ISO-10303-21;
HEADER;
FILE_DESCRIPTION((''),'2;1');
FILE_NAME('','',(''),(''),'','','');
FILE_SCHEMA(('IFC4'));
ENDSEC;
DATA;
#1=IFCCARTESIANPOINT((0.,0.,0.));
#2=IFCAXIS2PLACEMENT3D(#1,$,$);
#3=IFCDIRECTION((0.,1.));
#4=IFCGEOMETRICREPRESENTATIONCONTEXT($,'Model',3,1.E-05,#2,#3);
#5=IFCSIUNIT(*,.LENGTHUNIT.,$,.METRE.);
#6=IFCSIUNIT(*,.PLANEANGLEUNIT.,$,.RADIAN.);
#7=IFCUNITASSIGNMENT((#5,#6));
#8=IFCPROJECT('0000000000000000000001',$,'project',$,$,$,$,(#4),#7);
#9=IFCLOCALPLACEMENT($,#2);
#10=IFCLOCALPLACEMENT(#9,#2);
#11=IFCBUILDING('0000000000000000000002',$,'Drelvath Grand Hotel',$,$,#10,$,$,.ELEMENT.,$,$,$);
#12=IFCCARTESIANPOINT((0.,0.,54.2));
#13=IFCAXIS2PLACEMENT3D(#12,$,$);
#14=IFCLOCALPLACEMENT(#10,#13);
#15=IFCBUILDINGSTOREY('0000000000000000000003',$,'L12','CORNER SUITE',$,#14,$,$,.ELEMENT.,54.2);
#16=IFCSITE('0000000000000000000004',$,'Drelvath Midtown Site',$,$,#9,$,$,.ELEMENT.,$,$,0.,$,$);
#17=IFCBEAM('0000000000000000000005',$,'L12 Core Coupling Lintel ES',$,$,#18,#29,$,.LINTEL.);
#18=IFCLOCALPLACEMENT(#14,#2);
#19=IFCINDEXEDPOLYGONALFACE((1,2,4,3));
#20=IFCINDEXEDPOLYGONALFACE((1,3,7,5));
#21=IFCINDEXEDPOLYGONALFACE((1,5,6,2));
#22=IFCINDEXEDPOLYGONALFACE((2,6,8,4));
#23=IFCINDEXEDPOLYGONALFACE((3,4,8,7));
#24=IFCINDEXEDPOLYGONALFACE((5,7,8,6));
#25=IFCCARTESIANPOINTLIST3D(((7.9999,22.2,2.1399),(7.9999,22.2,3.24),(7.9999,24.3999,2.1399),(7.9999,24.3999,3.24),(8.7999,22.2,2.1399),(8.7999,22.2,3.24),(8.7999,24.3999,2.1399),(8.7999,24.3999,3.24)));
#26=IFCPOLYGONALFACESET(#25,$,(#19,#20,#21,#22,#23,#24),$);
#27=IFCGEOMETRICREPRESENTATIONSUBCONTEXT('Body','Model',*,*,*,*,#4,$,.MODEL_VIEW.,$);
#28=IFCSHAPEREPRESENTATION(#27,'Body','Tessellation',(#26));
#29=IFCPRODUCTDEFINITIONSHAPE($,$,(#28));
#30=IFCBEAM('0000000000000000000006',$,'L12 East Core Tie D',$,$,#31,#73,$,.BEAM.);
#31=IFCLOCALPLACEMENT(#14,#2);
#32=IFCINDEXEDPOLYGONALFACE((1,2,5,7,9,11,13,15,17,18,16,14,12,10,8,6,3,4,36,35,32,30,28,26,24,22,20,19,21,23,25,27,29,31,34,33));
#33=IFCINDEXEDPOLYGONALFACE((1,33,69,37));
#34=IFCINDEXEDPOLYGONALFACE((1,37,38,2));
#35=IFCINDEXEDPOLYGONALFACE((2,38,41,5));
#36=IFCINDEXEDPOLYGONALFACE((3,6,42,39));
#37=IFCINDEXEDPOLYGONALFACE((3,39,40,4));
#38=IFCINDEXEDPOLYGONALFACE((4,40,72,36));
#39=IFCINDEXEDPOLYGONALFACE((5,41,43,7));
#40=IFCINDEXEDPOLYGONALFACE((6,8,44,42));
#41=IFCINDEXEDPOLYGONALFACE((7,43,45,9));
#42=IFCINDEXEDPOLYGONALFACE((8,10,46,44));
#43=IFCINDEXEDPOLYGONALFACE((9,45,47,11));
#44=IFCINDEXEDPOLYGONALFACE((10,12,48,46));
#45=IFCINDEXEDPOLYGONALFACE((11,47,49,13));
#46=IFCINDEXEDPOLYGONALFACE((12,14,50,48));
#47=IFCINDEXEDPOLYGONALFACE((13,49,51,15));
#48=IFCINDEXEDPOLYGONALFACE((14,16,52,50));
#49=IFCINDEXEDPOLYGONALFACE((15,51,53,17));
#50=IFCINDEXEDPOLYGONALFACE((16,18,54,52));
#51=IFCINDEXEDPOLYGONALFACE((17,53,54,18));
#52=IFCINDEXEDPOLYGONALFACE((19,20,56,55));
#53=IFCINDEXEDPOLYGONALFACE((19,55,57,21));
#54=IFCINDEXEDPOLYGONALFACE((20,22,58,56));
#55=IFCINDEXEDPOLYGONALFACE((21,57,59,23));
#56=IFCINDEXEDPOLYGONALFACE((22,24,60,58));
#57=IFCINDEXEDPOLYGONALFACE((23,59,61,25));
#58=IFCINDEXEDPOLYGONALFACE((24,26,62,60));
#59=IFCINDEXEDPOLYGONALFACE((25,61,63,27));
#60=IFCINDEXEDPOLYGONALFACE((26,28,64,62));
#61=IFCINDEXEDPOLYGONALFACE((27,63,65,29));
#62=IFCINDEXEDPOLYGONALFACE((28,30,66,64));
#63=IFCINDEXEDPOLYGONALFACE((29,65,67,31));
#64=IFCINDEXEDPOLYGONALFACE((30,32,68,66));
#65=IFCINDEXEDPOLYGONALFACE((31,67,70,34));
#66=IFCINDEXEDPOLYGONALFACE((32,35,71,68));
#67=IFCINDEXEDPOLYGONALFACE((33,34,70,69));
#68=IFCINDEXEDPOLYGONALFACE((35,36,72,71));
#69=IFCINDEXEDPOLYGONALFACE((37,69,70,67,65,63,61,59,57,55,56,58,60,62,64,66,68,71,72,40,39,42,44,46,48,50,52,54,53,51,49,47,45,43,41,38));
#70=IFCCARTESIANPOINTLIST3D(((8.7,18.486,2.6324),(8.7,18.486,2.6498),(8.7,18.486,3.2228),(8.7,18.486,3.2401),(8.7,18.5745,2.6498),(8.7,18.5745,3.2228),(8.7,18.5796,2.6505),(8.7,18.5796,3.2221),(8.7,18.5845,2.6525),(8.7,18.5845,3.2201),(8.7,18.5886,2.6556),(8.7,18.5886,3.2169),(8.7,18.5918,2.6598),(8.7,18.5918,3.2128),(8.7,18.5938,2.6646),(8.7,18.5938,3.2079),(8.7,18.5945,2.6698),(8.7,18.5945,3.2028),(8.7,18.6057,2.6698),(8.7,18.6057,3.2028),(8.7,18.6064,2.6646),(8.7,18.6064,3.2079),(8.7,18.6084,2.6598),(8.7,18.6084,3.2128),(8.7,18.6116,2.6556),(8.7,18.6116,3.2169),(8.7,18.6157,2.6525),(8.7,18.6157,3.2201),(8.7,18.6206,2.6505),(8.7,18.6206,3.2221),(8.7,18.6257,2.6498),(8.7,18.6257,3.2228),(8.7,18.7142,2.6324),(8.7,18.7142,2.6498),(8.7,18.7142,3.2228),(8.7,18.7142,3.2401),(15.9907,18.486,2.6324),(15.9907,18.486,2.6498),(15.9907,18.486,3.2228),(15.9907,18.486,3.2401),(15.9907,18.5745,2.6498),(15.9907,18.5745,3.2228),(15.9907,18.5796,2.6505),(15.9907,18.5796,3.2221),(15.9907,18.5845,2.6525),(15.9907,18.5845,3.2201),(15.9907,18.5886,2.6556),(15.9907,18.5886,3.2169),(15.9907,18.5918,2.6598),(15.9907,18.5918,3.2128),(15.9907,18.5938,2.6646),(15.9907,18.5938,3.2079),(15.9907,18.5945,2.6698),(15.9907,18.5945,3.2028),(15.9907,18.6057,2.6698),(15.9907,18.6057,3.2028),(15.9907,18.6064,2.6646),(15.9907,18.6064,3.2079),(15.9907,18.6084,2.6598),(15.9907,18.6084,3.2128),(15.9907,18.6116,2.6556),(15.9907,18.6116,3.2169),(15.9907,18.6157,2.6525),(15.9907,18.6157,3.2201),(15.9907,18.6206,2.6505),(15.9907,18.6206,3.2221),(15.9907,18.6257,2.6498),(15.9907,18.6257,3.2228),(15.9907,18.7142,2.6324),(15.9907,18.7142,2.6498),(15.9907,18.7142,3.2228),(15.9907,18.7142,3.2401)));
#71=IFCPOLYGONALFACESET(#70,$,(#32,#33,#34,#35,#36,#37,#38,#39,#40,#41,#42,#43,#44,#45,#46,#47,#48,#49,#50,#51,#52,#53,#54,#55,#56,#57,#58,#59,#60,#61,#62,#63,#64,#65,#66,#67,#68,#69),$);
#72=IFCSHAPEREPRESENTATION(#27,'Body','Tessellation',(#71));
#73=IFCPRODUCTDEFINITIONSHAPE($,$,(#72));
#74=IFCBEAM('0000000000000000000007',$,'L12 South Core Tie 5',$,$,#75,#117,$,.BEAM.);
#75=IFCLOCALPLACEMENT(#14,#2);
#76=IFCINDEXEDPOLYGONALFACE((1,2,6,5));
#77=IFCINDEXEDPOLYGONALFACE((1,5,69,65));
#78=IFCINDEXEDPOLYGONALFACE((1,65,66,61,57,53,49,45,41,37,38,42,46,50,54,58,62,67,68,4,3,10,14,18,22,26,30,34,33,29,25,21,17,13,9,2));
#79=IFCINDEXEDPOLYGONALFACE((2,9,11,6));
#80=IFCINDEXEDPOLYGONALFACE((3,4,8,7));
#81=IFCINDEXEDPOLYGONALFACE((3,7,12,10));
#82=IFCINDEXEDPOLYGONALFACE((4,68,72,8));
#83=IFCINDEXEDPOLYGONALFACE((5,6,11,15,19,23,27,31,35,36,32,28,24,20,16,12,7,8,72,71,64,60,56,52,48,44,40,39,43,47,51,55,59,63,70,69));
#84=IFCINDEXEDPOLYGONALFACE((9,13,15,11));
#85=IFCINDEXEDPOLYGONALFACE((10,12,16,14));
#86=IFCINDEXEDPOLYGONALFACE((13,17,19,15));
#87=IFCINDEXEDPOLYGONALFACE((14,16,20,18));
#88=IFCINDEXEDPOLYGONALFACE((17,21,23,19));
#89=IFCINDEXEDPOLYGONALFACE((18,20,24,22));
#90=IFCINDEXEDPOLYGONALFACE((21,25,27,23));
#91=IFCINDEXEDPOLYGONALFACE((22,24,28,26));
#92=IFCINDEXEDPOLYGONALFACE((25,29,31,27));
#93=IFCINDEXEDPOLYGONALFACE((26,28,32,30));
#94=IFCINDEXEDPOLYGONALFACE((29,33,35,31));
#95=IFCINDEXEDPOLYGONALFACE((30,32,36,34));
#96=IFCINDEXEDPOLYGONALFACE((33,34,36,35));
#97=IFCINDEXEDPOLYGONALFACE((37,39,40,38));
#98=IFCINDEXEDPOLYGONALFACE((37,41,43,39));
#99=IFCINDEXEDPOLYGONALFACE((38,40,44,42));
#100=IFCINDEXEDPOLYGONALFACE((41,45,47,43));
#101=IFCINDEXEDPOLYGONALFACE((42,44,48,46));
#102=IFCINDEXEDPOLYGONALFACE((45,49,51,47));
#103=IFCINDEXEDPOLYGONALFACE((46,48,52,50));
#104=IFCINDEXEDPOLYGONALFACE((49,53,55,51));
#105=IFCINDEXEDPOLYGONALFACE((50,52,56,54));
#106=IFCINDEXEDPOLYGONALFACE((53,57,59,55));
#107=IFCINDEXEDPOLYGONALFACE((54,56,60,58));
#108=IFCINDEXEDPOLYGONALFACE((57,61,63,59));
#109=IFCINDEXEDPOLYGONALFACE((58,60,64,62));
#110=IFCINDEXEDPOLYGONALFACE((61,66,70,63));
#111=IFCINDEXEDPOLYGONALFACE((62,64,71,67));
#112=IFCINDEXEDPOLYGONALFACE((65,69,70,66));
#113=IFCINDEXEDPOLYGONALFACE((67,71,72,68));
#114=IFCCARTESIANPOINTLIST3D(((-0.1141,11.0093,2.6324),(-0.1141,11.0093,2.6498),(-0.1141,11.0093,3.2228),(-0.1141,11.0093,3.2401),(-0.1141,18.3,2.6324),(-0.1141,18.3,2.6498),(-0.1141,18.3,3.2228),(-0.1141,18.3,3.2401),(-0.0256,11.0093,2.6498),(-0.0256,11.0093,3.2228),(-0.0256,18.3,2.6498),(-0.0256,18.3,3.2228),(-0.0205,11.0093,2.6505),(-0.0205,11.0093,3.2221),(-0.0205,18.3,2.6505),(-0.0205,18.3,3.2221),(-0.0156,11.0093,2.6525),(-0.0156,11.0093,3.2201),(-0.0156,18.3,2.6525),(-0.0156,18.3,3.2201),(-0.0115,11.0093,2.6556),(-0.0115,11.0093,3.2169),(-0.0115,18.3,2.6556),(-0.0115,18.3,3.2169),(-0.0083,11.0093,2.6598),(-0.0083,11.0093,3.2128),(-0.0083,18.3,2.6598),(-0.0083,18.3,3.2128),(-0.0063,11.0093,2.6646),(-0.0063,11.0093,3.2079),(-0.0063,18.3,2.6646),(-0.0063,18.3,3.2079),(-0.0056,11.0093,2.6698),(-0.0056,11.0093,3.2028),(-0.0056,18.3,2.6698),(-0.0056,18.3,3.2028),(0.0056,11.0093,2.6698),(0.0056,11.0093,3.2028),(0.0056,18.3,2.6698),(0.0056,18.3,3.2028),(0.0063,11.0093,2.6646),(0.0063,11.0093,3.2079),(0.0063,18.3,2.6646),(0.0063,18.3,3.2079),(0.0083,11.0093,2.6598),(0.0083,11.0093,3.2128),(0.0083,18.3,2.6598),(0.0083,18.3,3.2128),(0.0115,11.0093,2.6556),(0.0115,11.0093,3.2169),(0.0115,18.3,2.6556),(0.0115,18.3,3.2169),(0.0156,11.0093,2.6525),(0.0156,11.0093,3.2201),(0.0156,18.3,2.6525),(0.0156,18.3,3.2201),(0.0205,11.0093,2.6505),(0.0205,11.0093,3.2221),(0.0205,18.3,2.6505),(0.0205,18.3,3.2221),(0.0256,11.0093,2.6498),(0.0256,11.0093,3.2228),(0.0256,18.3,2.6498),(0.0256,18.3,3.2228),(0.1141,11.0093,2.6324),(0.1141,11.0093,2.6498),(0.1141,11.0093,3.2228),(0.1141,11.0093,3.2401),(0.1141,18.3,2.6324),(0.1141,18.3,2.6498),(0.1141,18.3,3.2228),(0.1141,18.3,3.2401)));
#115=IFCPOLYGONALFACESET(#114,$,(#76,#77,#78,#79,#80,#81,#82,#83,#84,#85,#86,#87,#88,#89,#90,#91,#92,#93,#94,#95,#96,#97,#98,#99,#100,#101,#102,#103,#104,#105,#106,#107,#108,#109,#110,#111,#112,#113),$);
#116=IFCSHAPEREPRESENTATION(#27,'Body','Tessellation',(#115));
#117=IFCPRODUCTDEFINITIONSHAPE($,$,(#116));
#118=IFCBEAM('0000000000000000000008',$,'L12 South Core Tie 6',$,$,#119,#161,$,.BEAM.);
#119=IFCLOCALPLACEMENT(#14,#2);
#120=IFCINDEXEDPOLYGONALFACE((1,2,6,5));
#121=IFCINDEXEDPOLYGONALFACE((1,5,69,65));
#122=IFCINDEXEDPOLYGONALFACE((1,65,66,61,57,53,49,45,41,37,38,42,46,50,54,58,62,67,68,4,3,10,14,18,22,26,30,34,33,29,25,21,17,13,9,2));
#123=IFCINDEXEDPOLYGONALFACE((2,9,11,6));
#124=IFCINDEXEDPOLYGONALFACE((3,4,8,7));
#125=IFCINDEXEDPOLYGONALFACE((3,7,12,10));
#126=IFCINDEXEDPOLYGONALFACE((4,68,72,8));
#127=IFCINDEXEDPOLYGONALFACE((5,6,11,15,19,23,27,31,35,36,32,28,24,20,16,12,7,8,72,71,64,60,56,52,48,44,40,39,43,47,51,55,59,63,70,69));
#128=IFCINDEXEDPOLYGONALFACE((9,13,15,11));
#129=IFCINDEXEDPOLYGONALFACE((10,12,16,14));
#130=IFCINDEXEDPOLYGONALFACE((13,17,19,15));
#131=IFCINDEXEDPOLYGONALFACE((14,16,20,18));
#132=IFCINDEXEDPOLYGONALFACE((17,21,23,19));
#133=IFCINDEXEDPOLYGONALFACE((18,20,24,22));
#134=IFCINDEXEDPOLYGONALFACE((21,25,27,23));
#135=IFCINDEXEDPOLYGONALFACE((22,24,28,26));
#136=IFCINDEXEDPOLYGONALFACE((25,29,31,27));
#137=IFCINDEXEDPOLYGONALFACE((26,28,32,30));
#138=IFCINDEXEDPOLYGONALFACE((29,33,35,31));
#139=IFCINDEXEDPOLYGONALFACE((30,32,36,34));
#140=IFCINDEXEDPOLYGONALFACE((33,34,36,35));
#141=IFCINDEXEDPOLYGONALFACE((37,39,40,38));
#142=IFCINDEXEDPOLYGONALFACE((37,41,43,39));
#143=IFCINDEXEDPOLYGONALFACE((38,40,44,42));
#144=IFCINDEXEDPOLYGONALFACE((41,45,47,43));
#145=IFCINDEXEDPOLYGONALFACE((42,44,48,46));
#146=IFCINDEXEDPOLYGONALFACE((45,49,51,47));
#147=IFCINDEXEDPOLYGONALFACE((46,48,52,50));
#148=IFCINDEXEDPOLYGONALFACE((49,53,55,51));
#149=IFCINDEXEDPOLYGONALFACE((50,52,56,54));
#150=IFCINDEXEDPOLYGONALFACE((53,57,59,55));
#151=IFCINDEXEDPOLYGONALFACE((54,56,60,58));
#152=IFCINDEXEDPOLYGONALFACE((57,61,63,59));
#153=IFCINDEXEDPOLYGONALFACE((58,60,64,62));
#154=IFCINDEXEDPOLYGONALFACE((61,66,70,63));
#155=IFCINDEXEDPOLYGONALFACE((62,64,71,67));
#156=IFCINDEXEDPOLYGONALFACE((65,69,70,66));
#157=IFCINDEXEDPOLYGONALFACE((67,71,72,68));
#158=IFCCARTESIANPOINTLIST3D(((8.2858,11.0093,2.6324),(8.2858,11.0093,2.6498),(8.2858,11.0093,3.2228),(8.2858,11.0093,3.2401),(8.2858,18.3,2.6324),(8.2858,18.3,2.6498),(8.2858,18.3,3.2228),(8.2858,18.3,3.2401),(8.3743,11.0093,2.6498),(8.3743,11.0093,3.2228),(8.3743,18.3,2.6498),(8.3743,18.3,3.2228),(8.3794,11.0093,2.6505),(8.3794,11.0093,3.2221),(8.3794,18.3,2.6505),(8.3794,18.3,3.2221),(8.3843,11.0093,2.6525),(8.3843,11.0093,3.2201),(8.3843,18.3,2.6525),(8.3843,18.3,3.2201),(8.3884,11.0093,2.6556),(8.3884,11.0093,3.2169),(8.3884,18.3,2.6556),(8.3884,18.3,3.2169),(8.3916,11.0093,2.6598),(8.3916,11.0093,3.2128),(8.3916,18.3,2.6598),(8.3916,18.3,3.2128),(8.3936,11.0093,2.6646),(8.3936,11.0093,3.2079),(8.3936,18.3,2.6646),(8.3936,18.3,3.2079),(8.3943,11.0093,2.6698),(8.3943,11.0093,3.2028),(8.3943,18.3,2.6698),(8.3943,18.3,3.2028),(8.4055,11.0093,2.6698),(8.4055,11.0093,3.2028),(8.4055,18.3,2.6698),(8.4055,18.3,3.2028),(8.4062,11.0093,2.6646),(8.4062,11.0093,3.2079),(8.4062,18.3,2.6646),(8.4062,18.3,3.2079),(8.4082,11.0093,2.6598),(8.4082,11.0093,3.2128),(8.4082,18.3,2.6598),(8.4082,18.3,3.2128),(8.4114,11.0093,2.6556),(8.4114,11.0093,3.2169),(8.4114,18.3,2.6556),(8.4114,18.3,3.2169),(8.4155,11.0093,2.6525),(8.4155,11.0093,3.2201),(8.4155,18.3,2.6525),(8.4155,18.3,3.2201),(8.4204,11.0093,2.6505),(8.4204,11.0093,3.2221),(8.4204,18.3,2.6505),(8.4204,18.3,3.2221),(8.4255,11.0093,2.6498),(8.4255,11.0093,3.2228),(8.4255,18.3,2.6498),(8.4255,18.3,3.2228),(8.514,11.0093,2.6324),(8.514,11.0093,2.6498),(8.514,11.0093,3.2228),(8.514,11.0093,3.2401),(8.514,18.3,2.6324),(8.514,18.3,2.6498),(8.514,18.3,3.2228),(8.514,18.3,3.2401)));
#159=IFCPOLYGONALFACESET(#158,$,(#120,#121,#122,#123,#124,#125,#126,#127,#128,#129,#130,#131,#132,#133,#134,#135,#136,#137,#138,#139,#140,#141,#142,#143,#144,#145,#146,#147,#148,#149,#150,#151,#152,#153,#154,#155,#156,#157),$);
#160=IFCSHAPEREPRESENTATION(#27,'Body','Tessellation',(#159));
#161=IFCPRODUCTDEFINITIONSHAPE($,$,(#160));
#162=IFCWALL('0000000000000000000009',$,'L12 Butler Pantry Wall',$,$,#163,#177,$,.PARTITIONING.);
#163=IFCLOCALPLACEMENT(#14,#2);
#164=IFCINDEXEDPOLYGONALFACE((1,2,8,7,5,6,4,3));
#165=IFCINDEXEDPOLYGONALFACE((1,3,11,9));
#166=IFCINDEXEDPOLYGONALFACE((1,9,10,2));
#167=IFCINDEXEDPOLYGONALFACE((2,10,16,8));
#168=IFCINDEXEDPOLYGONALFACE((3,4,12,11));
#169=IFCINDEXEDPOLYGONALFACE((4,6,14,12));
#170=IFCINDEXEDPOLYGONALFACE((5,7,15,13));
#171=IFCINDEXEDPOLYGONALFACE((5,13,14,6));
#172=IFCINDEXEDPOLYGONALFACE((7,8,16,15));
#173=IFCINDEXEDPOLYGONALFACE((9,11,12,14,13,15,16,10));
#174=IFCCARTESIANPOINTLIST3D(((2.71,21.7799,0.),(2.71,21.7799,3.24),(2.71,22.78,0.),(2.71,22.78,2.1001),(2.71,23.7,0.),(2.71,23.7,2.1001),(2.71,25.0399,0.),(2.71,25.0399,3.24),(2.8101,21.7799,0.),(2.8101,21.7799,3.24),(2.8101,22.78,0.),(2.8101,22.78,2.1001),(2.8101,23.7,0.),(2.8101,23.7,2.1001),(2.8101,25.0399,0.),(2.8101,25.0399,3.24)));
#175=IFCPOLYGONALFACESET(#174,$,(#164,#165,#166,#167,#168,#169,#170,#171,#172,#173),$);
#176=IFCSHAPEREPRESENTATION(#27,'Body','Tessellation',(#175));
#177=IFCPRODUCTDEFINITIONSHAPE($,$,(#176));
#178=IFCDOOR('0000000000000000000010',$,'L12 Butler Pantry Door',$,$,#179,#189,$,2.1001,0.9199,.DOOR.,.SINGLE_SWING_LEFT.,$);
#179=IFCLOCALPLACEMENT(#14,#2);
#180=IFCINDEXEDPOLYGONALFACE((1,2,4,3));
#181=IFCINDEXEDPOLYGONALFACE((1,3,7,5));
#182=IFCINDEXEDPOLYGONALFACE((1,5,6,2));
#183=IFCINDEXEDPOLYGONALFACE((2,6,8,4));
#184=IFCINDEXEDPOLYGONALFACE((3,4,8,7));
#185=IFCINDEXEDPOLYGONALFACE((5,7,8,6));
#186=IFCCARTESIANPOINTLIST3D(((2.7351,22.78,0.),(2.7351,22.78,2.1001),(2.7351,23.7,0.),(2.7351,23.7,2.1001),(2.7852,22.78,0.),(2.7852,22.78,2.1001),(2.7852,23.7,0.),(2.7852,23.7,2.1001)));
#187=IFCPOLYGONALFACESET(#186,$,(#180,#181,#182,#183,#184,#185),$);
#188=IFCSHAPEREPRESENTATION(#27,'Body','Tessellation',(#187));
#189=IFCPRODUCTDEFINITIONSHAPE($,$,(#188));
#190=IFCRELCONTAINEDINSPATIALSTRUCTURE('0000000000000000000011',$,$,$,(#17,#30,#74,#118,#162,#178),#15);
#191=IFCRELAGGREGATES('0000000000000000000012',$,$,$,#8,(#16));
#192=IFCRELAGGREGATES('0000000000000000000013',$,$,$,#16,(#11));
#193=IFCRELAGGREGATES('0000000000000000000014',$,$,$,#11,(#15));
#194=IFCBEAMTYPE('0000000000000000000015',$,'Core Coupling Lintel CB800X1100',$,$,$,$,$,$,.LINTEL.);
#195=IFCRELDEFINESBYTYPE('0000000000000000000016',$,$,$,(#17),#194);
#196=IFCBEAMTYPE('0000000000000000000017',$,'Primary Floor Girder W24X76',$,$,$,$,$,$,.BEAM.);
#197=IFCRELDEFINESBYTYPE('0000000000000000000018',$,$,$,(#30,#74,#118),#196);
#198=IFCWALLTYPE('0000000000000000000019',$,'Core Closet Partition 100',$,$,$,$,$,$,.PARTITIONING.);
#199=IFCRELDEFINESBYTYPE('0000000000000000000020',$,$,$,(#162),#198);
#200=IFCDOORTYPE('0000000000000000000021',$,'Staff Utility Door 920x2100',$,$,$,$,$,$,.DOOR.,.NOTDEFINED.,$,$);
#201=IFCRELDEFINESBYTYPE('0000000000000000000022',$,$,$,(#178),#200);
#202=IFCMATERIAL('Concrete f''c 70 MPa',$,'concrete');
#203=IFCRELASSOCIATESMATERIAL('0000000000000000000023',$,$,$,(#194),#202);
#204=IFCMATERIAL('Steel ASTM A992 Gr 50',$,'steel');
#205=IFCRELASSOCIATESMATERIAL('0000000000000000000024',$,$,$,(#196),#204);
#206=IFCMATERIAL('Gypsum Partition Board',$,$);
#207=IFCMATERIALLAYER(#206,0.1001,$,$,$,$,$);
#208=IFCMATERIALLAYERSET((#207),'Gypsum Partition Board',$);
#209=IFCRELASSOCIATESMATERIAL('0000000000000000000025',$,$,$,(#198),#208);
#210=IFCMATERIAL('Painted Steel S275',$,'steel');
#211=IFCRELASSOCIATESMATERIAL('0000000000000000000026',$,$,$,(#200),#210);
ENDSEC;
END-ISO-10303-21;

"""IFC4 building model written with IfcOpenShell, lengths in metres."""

from ifc_helpers import new_model, si_unit, direction, frame, frame_2d, origin, origin_2d, place, context, subcontext, project, spatial, rectangle, i_section, extrude, material, layer, layer_set, material_profile, profile_set, type_object, element, fill, save


model = new_model("IFC4")

# Units and contexts
model_context = context("Model", 3, precision=1e-05, world=origin(), true_north=direction((0.0, 1.0)))
body_context = subcontext(model_context, "Body", "Model", "MODEL_VIEW")
ifc_project = project(units=[si_unit("LENGTHUNIT", "METRE"), si_unit("PLANEANGLEUNIT", "RADIAN")], contexts=[model_context])

# Site, building, storey
site_placement = place(None, origin())
site = spatial("IfcSite", under=ifc_project, at=site_placement, Name="Drelvath Midtown Site", CompositionType="ELEMENT", RefElevation=0.0)
building_placement = place(site_placement, origin())
building = spatial("IfcBuilding", under=site, at=building_placement, Name="Drelvath Grand Hotel", CompositionType="ELEMENT")
storey_placement = place(building_placement, frame((0.0, 0.0, 54.2)))
storey = spatial("IfcBuildingStorey", under=building, at=storey_placement, Name="L12", Description="CORNER SUITE", CompositionType="ELEMENT", Elevation=54.2)

# Beams
ifc_material_1 = material(Name="Concrete f'c 70 MPa", Category="concrete")
ifc_material_profile_1 = material_profile(ifc_material_1, rectangle(XDim=0.8, YDim=1.1001, at=origin_2d()), Name="CB800X1100")
ifc_profile_set_1 = profile_set([ifc_material_profile_1], Name="Concrete f'c 70 MPa")
beam_type_1 = type_object("IfcBeamType", Name="Core Coupling Lintel CB800X1100", PredefinedType="LINTEL", material=ifc_profile_set_1)
beam_placement = place(storey_placement, frame((8.3999, 22.2, 2.6899), z_axis=(0.0, 1.0, 0.0), x_axis=(-1.0, 0.0, 0.0)))
element("IfcBeam", 1, at=beam_placement, inside=storey, type_object=beam_type_1, Name="L12 Core Coupling Lintel ES", PredefinedType="LINTEL", context=body_context, shape_type="SweptSolid", body=[
    extrude(rectangle(XDim=0.8, YDim=1.1001, at=origin_2d()), origin(), (0.0, 0.0, 1.0), 2.2),
])
ifc_material_2 = material(Name="Steel ASTM A992 Gr 50", Category="steel")
ifc_material_profile_2 = material_profile(ifc_material_2, i_section(OverallWidth=0.2283, OverallDepth=0.6077, WebThickness=0.0112, FlangeThickness=0.0173, FilletRadius=0.02, at=origin_2d()), Name="W24X76")
ifc_profile_set_2 = profile_set([ifc_material_profile_2], Name="Steel ASTM A992 Gr 50")
beam_type_2 = type_object("IfcBeamType", Name="Primary Floor Girder W24X76", PredefinedType="BEAM", material=ifc_profile_set_2)
for number, where, z_axis, x_axis, name in (
    (2, (8.7, 18.6001, 2.9363), (1.0, 0.0, 0.0), (0.0, 1.0, 0.0), "L12 East Core Tie D"),
    (3, (0.0, 11.0093, 2.9363), (0.0, 1.0, 0.0), (-1.0, 0.0, 0.0), "L12 South Core Tie 5"),
    (4, (8.3999, 11.0093, 2.9363), (0.0, 1.0, 0.0), (-1.0, 0.0, 0.0), "L12 South Core Tie 6"),
):
    element("IfcBeam", number, at=place(storey_placement, frame(where, z_axis=z_axis, x_axis=x_axis)), inside=storey, type_object=beam_type_2, Name=name, PredefinedType="BEAM", context=body_context, shape_type="SweptSolid", body=[
        extrude(i_section(OverallWidth=0.2283, OverallDepth=0.6077, WebThickness=0.0112, FlangeThickness=0.0173, FilletRadius=0.02, at=origin_2d()), origin(), (0.0, 0.0, 1.0), 7.2908),
    ])

# Wall, opening, door
ifc_material_3 = material(Name="Gypsum Partition Board")
ifc_layer_1 = layer(ifc_material_3, 0.1001)
ifc_layer_set_1 = layer_set([ifc_layer_1], Name="Gypsum Partition Board")
wall_type_1 = type_object("IfcWallType", Name="Core Closet Partition 100", PredefinedType="PARTITIONING", material=ifc_layer_set_1)
wall_1_placement = place(storey_placement, frame((2.76, 21.78, 0.0), z_axis=(0.0, 0.0, 1.0), x_axis=(0.0, 1.0, 0.0)))
wall_1 = element("IfcWall", 5, at=wall_1_placement, inside=storey, type_object=wall_type_1, Name="L12 Butler Pantry Wall", PredefinedType="PARTITIONING", context=body_context, shape_type="SweptSolid", body=[
    extrude(rectangle(XDim=3.26, YDim=0.1001, at=frame_2d((1.6299, 0.0))), origin(), (0.0, 0.0, 1.0), 3.24),
])
opening_1_placement = place(wall_1_placement, frame((1.0, 0.0, 0.0)))
opening_1 = element("IfcOpeningElement", 6, at=opening_1_placement, cuts=wall_1, PredefinedType="OPENING", context=body_context, shape_type="SweptSolid", body=[
    extrude(rectangle(XDim=0.9199, YDim=2.1001, at=frame_2d((0.46, 1.05))), frame((0.0, 0.0601, 0.0), z_axis=(0.0, -1.0, 0.0), x_axis=(1.0, 0.0, 0.0)), (0.0, 0.0, 1.0), 0.1201),
])
ifc_material_4 = material(Name="Painted Steel S275", Category="steel")
door_type_1 = type_object("IfcDoorType", Name="Staff Utility Door 920x2100", OperationType="NOTDEFINED", PredefinedType="DOOR", material=ifc_material_4)
door_1_placement = place(opening_1_placement, origin())
door_1 = element("IfcDoor", 7, at=door_1_placement, inside=storey, type_object=door_type_1, Name="L12 Butler Pantry Door", OperationType="SINGLE_SWING_LEFT", OverallHeight=2.1001, OverallWidth=0.9199, PredefinedType="DOOR", context=body_context, shape_type="SweptSolid", body=[
    extrude(rectangle(XDim=0.9199, YDim=2.1001, at=frame_2d((0.46, 1.05))), frame((0.0, 0.0249, 0.0), z_axis=(0.0, -1.0, 0.0), x_axis=(1.0, 0.0, 0.0)), (0.0, 0.0, 1.0), 0.05),
])
fill(opening_1, door_1)

save(model, "model.ifc")
